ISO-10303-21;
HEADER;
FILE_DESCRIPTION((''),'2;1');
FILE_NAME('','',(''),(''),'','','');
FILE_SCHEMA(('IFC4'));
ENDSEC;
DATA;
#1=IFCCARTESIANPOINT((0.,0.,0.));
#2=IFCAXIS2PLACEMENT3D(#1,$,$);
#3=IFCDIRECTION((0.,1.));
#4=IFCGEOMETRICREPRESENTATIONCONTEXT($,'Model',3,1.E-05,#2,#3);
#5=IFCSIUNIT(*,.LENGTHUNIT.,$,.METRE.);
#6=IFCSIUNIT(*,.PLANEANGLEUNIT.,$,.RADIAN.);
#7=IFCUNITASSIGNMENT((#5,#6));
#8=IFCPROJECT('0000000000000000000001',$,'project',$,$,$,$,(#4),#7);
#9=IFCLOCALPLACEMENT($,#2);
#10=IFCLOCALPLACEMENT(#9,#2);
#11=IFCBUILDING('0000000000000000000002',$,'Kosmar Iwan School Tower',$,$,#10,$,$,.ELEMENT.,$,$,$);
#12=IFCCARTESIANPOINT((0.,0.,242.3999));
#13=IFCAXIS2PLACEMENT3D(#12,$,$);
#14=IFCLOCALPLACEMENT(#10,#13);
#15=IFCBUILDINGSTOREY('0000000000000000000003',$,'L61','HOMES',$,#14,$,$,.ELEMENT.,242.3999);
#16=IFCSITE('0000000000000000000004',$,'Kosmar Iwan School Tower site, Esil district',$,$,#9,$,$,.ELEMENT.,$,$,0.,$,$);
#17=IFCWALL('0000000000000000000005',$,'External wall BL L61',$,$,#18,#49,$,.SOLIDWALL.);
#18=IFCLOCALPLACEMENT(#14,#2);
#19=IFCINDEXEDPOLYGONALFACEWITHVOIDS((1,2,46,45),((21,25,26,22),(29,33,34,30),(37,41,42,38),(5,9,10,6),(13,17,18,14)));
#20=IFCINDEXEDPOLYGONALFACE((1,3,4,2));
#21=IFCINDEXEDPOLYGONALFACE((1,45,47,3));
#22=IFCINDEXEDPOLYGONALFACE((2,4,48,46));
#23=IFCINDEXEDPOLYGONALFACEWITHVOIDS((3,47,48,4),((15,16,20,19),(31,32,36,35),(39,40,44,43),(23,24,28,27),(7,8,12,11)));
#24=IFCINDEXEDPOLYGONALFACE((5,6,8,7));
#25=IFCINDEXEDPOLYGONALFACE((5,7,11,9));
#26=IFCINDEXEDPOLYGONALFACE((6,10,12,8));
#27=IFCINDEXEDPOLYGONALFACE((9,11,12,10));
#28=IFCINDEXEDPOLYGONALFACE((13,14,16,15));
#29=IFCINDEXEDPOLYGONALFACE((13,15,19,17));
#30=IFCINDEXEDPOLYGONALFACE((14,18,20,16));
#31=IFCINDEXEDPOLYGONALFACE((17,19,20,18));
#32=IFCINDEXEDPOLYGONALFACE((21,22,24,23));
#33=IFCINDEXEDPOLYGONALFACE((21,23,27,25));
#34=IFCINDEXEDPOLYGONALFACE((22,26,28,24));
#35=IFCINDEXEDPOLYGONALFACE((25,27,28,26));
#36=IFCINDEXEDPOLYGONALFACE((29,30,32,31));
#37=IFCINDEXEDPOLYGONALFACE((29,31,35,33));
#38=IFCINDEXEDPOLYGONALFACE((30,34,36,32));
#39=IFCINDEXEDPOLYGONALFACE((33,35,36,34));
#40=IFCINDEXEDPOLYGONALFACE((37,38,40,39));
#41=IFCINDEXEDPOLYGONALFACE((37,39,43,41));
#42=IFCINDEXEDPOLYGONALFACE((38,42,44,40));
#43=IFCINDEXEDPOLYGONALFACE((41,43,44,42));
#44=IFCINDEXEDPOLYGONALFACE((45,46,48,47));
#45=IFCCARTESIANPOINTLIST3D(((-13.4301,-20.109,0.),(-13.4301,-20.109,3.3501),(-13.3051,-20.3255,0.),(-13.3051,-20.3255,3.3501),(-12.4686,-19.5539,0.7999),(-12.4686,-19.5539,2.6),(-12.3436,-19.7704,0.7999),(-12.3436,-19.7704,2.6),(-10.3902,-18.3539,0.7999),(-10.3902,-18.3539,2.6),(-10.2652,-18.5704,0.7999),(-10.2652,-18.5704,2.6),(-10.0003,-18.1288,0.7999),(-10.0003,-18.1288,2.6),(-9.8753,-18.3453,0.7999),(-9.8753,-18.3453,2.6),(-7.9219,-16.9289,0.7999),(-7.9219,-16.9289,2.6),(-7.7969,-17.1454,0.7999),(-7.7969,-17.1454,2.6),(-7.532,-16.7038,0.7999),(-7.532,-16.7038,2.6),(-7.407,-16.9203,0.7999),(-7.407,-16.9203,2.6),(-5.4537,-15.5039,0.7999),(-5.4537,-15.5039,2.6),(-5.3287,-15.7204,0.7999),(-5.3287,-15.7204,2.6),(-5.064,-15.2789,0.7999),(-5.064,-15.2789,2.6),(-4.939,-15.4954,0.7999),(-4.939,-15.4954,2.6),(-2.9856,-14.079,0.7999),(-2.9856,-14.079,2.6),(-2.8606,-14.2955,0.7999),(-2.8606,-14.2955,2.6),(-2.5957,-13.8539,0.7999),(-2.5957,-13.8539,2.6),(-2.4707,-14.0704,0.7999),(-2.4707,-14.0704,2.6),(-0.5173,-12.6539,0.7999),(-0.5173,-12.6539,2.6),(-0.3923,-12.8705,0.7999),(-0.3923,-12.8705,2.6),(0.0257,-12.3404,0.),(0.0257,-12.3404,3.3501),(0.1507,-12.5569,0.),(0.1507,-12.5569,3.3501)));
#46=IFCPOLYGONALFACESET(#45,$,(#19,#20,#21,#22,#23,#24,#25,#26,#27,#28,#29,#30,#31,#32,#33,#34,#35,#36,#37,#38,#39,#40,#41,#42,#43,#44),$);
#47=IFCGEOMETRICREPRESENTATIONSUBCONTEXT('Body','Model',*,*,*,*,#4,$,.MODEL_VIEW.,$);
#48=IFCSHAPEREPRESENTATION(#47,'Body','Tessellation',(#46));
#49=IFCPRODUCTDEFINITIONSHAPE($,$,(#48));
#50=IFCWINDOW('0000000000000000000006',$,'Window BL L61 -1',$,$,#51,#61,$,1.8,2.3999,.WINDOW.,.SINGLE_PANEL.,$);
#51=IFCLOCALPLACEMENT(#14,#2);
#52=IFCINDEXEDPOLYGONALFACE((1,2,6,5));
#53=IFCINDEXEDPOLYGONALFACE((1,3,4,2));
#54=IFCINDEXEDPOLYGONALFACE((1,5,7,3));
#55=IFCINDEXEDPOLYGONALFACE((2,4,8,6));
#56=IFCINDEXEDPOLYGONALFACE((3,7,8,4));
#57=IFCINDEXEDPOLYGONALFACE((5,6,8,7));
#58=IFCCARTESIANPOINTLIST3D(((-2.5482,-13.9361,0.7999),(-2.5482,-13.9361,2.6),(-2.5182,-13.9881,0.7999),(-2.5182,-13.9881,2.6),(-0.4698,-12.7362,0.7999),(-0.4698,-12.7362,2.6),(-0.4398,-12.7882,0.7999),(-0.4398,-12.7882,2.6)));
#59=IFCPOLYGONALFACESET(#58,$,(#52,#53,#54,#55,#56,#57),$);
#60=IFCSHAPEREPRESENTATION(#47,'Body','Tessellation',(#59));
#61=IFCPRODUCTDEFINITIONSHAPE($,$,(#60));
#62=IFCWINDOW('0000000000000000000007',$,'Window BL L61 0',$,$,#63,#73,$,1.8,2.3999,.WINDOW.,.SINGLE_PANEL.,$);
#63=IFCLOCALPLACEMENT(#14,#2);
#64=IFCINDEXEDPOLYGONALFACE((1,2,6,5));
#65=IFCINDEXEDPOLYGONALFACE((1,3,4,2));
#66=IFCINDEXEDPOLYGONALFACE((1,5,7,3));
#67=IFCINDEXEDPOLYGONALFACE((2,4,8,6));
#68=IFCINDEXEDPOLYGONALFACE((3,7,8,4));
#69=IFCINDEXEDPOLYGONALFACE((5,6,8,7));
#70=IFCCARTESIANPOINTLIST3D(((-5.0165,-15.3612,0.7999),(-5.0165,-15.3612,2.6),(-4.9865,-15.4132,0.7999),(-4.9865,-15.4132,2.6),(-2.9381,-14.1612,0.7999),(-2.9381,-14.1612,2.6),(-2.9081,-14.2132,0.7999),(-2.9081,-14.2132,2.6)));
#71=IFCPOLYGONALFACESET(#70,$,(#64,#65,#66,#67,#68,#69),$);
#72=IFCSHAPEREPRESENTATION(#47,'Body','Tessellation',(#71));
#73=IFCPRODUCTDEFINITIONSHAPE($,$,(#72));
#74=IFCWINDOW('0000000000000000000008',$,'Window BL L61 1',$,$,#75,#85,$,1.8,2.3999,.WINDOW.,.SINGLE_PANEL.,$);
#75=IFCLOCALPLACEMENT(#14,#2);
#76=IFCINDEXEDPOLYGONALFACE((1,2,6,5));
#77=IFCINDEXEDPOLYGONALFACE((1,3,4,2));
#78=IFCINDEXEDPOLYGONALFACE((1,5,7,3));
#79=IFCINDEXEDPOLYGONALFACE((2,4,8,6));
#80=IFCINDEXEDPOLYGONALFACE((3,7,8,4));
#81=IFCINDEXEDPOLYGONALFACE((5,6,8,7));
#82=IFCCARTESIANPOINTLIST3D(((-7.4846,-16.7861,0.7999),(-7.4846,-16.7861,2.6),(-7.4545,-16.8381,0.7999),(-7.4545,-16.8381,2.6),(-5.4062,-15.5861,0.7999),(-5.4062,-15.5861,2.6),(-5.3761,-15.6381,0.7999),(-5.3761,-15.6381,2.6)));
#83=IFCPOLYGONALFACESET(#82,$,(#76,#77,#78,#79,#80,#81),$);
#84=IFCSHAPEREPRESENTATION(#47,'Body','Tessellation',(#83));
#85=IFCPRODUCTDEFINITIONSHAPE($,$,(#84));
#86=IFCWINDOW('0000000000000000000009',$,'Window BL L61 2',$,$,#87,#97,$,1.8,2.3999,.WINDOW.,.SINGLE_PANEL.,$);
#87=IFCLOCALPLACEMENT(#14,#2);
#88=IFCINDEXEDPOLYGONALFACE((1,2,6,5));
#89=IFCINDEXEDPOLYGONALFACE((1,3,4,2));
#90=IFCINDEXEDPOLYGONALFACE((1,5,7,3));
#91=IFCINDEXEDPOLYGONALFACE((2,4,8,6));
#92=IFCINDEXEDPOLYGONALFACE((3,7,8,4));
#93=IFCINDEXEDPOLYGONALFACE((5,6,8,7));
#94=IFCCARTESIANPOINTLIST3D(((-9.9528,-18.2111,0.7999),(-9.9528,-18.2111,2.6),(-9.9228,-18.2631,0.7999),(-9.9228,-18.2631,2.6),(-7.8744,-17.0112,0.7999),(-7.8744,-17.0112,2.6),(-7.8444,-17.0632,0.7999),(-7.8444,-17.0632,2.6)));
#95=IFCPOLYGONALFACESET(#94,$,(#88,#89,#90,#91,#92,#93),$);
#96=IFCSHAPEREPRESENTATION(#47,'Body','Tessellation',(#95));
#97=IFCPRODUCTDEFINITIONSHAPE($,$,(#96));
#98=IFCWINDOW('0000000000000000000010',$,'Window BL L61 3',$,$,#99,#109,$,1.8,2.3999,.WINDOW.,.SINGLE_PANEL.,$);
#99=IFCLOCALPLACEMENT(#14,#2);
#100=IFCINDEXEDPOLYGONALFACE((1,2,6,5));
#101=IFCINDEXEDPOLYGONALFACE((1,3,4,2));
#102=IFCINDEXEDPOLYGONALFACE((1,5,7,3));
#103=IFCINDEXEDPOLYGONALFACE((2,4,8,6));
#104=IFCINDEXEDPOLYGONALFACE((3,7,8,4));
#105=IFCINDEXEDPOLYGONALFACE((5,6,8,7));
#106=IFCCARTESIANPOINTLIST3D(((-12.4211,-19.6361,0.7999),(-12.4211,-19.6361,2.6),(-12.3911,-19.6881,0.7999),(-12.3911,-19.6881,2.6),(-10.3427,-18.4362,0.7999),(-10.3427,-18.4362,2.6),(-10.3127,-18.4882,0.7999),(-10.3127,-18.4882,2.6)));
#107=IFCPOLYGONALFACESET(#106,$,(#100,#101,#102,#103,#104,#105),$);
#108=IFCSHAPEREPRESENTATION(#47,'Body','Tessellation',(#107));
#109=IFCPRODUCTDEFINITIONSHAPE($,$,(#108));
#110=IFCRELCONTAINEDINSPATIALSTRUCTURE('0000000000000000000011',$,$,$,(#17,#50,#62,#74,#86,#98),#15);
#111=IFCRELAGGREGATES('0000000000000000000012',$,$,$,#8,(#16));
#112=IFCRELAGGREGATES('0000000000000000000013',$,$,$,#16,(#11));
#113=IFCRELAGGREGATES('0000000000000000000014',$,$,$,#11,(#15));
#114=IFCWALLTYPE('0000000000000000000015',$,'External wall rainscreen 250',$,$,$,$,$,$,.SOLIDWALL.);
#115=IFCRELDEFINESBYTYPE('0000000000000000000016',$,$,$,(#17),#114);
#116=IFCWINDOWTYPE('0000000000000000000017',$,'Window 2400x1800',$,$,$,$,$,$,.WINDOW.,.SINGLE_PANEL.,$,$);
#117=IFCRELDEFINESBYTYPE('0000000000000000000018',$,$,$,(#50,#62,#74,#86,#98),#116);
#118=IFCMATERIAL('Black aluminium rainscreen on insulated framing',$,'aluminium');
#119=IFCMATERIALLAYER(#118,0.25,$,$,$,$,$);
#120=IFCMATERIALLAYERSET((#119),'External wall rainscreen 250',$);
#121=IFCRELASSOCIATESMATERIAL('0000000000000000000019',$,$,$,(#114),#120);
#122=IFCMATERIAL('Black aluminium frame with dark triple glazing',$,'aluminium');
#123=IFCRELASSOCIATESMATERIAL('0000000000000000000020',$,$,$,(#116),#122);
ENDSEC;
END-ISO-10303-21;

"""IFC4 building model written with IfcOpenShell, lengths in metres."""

from ifc_helpers import new_model, si_unit, direction, frame, frame_2d, origin, place, context, subcontext, project, spatial, rectangle, extrude, material, layer, layer_set, type_object, element, fill, save


model = new_model("IFC4")

# Units and contexts
model_context = context("Model", 3, precision=1e-05, world=origin(), true_north=direction((0.0, 1.0)))
body_context = subcontext(model_context, "Body", "Model", "MODEL_VIEW")
ifc_project = project(units=[si_unit("LENGTHUNIT", "METRE"), si_unit("PLANEANGLEUNIT", "RADIAN")], contexts=[model_context])

# Site, building, storey
site_placement = place(None, origin())
site = spatial("IfcSite", under=ifc_project, at=site_placement, Name="Kosmar Iwan School Tower site, Esil district", CompositionType="ELEMENT", RefElevation=0.0)
building_placement = place(site_placement, origin())
building = spatial("IfcBuilding", under=site, at=building_placement, Name="Kosmar Iwan School Tower", CompositionType="ELEMENT")
storey_placement = place(building_placement, frame((0.0, 0.0, 242.3999)))
storey = spatial("IfcBuildingStorey", under=building, at=storey_placement, Name="L61", Description="HOMES", CompositionType="ELEMENT", Elevation=242.3999)

# Wall, openings, windows
ifc_material_1 = material(Name="Black aluminium rainscreen on insulated framing", Category="aluminium")
ifc_layer_1 = layer(ifc_material_1, 0.25)
ifc_layer_set_1 = layer_set([ifc_layer_1], Name="External wall rainscreen 250")
wall_type_1 = type_object("IfcWallType", Name="External wall rainscreen 250", PredefinedType="SOLIDWALL", material=ifc_layer_set_1)
wall_1_placement = place(storey_placement, frame((0.0881, -12.4487, 0.0), z_axis=(0.0, 0.0, 1.0), x_axis=(-0.86603, -0.499992, 0.0)))
wall_1 = element("IfcWall", 1, at=wall_1_placement, inside=storey, type_object=wall_type_1, Name="External wall BL L61", PredefinedType="SOLIDWALL", context=body_context, shape_type="SweptSolid", body=[
    extrude(rectangle(XDim=15.5374, YDim=0.25, at=frame_2d((7.7686, 0.0))), origin(), (0.0, 0.0, 1.0), 3.3501),
])
opening_1_placement = place(wall_1_placement, frame((0.627, 0.0, 0.8)))
opening_1 = element("IfcOpeningElement", 2, at=opening_1_placement, cuts=wall_1, PredefinedType="OPENING", context=body_context, shape_type="SweptSolid", body=[
    extrude(rectangle(XDim=2.3999, YDim=1.8, at=frame_2d((1.2, 0.8999))), frame((0.0, 0.137, 0.0), z_axis=(0.0, -1.0, 0.0), x_axis=(1.0, 0.0, 0.0)), (0.0, 0.0, 1.0), 0.2739),
])
opening_2_placement = place(wall_1_placement, frame((3.4771, 0.0, 0.8)))
opening_2 = element("IfcOpeningElement", 3, at=opening_2_placement, cuts=wall_1, PredefinedType="OPENING", context=body_context, shape_type="SweptSolid", body=[
    extrude(rectangle(XDim=2.3999, YDim=1.8, at=frame_2d((1.2, 0.8999))), frame((0.0, 0.137, 0.0), z_axis=(0.0, -1.0, 0.0), x_axis=(1.0, 0.0, 0.0)), (0.0, 0.0, 1.0), 0.2739),
])
opening_3_placement = place(wall_1_placement, frame((6.3269, 0.0, 0.8)))
opening_3 = element("IfcOpeningElement", 4, at=opening_3_placement, cuts=wall_1, PredefinedType="OPENING", context=body_context, shape_type="SweptSolid", body=[
    extrude(rectangle(XDim=2.3999, YDim=1.8, at=frame_2d((1.2, 0.8999))), frame((0.0, 0.137, 0.0), z_axis=(0.0, -1.0, 0.0), x_axis=(1.0, 0.0, 0.0)), (0.0, 0.0, 1.0), 0.2739),
])
opening_4_placement = place(wall_1_placement, frame((9.177, 0.0, 0.8)))
opening_4 = element("IfcOpeningElement", 5, at=opening_4_placement, cuts=wall_1, PredefinedType="OPENING", context=body_context, shape_type="SweptSolid", body=[
    extrude(rectangle(XDim=2.3999, YDim=1.8, at=frame_2d((1.2, 0.8999))), frame((0.0, 0.137, 0.0), z_axis=(0.0, -1.0, 0.0), x_axis=(1.0, 0.0, 0.0)), (0.0, 0.0, 1.0), 0.2739),
])
opening_5_placement = place(wall_1_placement, frame((12.0271, 0.0, 0.8)))
opening_5 = element("IfcOpeningElement", 6, at=opening_5_placement, cuts=wall_1, PredefinedType="OPENING", context=body_context, shape_type="SweptSolid", body=[
    extrude(rectangle(XDim=2.3999, YDim=1.8, at=frame_2d((1.2, 0.8999))), frame((0.0, 0.137, 0.0), z_axis=(0.0, -1.0, 0.0), x_axis=(1.0, 0.0, 0.0)), (0.0, 0.0, 1.0), 0.2739),
])
ifc_material_2 = material(Name="Black aluminium frame with dark triple glazing", Category="aluminium")
window_type = type_object("IfcWindowType", Name="Window 2400x1800", PartitioningType="SINGLE_PANEL", PredefinedType="WINDOW", material=ifc_material_2)
window_1_placement = place(opening_1_placement, origin())
window_1 = element("IfcWindow", 7, at=window_1_placement, inside=storey, type_object=window_type, Name="Window BL L61 -1", OverallHeight=1.8, OverallWidth=2.3999, PartitioningType="SINGLE_PANEL", PredefinedType="WINDOW", context=body_context, shape_type="SweptSolid", body=[
    extrude(rectangle(XDim=2.3999, YDim=1.8, at=frame_2d((1.2, 0.8999))), frame((0.0, 0.03, 0.0), z_axis=(0.0, -1.0, 0.0), x_axis=(1.0, 0.0, 0.0)), (0.0, 0.0, 1.0), 0.0601),
])
fill(opening_1, window_1)
window_2_placement = place(opening_2_placement, origin())
window_2 = element("IfcWindow", 8, at=window_2_placement, inside=storey, type_object=window_type, Name="Window BL L61 0", OverallHeight=1.8, OverallWidth=2.3999, PartitioningType="SINGLE_PANEL", PredefinedType="WINDOW", context=body_context, shape_type="SweptSolid", body=[
    extrude(rectangle(XDim=2.3999, YDim=1.8, at=frame_2d((1.2, 0.8999))), frame((0.0, 0.03, 0.0), z_axis=(0.0, -1.0, 0.0), x_axis=(1.0, 0.0, 0.0)), (0.0, 0.0, 1.0), 0.0601),
])
fill(opening_2, window_2)
window_3_placement = place(opening_3_placement, origin())
window_3 = element("IfcWindow", 9, at=window_3_placement, inside=storey, type_object=window_type, Name="Window BL L61 1", OverallHeight=1.8, OverallWidth=2.3999, PartitioningType="SINGLE_PANEL", PredefinedType="WINDOW", context=body_context, shape_type="SweptSolid", body=[
    extrude(rectangle(XDim=2.3999, YDim=1.8, at=frame_2d((1.2, 0.8999))), frame((0.0, 0.03, 0.0), z_axis=(0.0, -1.0, 0.0), x_axis=(1.0, 0.0, 0.0)), (0.0, 0.0, 1.0), 0.0601),
])
fill(opening_3, window_3)
window_4_placement = place(opening_4_placement, origin())
window_4 = element("IfcWindow", 10, at=window_4_placement, inside=storey, type_object=window_type, Name="Window BL L61 2", OverallHeight=1.8, OverallWidth=2.3999, PartitioningType="SINGLE_PANEL", PredefinedType="WINDOW", context=body_context, shape_type="SweptSolid", body=[
    extrude(rectangle(XDim=2.3999, YDim=1.8, at=frame_2d((1.2, 0.8999))), frame((0.0, 0.03, 0.0), z_axis=(0.0, -1.0, 0.0), x_axis=(1.0, 0.0, 0.0)), (0.0, 0.0, 1.0), 0.0601),
])
fill(opening_4, window_4)
window_5_placement = place(opening_5_placement, origin())
window_5 = element("IfcWindow", 11, at=window_5_placement, inside=storey, type_object=window_type, Name="Window BL L61 3", OverallHeight=1.8, OverallWidth=2.3999, PartitioningType="SINGLE_PANEL", PredefinedType="WINDOW", context=body_context, shape_type="SweptSolid", body=[
    extrude(rectangle(XDim=2.3999, YDim=1.8, at=frame_2d((1.2, 0.8999))), frame((0.0, 0.03, 0.0), z_axis=(0.0, -1.0, 0.0), x_axis=(1.0, 0.0, 0.0)), (0.0, 0.0, 1.0), 0.0601),
])
fill(opening_5, window_5)

save(model, "model.ifc")
